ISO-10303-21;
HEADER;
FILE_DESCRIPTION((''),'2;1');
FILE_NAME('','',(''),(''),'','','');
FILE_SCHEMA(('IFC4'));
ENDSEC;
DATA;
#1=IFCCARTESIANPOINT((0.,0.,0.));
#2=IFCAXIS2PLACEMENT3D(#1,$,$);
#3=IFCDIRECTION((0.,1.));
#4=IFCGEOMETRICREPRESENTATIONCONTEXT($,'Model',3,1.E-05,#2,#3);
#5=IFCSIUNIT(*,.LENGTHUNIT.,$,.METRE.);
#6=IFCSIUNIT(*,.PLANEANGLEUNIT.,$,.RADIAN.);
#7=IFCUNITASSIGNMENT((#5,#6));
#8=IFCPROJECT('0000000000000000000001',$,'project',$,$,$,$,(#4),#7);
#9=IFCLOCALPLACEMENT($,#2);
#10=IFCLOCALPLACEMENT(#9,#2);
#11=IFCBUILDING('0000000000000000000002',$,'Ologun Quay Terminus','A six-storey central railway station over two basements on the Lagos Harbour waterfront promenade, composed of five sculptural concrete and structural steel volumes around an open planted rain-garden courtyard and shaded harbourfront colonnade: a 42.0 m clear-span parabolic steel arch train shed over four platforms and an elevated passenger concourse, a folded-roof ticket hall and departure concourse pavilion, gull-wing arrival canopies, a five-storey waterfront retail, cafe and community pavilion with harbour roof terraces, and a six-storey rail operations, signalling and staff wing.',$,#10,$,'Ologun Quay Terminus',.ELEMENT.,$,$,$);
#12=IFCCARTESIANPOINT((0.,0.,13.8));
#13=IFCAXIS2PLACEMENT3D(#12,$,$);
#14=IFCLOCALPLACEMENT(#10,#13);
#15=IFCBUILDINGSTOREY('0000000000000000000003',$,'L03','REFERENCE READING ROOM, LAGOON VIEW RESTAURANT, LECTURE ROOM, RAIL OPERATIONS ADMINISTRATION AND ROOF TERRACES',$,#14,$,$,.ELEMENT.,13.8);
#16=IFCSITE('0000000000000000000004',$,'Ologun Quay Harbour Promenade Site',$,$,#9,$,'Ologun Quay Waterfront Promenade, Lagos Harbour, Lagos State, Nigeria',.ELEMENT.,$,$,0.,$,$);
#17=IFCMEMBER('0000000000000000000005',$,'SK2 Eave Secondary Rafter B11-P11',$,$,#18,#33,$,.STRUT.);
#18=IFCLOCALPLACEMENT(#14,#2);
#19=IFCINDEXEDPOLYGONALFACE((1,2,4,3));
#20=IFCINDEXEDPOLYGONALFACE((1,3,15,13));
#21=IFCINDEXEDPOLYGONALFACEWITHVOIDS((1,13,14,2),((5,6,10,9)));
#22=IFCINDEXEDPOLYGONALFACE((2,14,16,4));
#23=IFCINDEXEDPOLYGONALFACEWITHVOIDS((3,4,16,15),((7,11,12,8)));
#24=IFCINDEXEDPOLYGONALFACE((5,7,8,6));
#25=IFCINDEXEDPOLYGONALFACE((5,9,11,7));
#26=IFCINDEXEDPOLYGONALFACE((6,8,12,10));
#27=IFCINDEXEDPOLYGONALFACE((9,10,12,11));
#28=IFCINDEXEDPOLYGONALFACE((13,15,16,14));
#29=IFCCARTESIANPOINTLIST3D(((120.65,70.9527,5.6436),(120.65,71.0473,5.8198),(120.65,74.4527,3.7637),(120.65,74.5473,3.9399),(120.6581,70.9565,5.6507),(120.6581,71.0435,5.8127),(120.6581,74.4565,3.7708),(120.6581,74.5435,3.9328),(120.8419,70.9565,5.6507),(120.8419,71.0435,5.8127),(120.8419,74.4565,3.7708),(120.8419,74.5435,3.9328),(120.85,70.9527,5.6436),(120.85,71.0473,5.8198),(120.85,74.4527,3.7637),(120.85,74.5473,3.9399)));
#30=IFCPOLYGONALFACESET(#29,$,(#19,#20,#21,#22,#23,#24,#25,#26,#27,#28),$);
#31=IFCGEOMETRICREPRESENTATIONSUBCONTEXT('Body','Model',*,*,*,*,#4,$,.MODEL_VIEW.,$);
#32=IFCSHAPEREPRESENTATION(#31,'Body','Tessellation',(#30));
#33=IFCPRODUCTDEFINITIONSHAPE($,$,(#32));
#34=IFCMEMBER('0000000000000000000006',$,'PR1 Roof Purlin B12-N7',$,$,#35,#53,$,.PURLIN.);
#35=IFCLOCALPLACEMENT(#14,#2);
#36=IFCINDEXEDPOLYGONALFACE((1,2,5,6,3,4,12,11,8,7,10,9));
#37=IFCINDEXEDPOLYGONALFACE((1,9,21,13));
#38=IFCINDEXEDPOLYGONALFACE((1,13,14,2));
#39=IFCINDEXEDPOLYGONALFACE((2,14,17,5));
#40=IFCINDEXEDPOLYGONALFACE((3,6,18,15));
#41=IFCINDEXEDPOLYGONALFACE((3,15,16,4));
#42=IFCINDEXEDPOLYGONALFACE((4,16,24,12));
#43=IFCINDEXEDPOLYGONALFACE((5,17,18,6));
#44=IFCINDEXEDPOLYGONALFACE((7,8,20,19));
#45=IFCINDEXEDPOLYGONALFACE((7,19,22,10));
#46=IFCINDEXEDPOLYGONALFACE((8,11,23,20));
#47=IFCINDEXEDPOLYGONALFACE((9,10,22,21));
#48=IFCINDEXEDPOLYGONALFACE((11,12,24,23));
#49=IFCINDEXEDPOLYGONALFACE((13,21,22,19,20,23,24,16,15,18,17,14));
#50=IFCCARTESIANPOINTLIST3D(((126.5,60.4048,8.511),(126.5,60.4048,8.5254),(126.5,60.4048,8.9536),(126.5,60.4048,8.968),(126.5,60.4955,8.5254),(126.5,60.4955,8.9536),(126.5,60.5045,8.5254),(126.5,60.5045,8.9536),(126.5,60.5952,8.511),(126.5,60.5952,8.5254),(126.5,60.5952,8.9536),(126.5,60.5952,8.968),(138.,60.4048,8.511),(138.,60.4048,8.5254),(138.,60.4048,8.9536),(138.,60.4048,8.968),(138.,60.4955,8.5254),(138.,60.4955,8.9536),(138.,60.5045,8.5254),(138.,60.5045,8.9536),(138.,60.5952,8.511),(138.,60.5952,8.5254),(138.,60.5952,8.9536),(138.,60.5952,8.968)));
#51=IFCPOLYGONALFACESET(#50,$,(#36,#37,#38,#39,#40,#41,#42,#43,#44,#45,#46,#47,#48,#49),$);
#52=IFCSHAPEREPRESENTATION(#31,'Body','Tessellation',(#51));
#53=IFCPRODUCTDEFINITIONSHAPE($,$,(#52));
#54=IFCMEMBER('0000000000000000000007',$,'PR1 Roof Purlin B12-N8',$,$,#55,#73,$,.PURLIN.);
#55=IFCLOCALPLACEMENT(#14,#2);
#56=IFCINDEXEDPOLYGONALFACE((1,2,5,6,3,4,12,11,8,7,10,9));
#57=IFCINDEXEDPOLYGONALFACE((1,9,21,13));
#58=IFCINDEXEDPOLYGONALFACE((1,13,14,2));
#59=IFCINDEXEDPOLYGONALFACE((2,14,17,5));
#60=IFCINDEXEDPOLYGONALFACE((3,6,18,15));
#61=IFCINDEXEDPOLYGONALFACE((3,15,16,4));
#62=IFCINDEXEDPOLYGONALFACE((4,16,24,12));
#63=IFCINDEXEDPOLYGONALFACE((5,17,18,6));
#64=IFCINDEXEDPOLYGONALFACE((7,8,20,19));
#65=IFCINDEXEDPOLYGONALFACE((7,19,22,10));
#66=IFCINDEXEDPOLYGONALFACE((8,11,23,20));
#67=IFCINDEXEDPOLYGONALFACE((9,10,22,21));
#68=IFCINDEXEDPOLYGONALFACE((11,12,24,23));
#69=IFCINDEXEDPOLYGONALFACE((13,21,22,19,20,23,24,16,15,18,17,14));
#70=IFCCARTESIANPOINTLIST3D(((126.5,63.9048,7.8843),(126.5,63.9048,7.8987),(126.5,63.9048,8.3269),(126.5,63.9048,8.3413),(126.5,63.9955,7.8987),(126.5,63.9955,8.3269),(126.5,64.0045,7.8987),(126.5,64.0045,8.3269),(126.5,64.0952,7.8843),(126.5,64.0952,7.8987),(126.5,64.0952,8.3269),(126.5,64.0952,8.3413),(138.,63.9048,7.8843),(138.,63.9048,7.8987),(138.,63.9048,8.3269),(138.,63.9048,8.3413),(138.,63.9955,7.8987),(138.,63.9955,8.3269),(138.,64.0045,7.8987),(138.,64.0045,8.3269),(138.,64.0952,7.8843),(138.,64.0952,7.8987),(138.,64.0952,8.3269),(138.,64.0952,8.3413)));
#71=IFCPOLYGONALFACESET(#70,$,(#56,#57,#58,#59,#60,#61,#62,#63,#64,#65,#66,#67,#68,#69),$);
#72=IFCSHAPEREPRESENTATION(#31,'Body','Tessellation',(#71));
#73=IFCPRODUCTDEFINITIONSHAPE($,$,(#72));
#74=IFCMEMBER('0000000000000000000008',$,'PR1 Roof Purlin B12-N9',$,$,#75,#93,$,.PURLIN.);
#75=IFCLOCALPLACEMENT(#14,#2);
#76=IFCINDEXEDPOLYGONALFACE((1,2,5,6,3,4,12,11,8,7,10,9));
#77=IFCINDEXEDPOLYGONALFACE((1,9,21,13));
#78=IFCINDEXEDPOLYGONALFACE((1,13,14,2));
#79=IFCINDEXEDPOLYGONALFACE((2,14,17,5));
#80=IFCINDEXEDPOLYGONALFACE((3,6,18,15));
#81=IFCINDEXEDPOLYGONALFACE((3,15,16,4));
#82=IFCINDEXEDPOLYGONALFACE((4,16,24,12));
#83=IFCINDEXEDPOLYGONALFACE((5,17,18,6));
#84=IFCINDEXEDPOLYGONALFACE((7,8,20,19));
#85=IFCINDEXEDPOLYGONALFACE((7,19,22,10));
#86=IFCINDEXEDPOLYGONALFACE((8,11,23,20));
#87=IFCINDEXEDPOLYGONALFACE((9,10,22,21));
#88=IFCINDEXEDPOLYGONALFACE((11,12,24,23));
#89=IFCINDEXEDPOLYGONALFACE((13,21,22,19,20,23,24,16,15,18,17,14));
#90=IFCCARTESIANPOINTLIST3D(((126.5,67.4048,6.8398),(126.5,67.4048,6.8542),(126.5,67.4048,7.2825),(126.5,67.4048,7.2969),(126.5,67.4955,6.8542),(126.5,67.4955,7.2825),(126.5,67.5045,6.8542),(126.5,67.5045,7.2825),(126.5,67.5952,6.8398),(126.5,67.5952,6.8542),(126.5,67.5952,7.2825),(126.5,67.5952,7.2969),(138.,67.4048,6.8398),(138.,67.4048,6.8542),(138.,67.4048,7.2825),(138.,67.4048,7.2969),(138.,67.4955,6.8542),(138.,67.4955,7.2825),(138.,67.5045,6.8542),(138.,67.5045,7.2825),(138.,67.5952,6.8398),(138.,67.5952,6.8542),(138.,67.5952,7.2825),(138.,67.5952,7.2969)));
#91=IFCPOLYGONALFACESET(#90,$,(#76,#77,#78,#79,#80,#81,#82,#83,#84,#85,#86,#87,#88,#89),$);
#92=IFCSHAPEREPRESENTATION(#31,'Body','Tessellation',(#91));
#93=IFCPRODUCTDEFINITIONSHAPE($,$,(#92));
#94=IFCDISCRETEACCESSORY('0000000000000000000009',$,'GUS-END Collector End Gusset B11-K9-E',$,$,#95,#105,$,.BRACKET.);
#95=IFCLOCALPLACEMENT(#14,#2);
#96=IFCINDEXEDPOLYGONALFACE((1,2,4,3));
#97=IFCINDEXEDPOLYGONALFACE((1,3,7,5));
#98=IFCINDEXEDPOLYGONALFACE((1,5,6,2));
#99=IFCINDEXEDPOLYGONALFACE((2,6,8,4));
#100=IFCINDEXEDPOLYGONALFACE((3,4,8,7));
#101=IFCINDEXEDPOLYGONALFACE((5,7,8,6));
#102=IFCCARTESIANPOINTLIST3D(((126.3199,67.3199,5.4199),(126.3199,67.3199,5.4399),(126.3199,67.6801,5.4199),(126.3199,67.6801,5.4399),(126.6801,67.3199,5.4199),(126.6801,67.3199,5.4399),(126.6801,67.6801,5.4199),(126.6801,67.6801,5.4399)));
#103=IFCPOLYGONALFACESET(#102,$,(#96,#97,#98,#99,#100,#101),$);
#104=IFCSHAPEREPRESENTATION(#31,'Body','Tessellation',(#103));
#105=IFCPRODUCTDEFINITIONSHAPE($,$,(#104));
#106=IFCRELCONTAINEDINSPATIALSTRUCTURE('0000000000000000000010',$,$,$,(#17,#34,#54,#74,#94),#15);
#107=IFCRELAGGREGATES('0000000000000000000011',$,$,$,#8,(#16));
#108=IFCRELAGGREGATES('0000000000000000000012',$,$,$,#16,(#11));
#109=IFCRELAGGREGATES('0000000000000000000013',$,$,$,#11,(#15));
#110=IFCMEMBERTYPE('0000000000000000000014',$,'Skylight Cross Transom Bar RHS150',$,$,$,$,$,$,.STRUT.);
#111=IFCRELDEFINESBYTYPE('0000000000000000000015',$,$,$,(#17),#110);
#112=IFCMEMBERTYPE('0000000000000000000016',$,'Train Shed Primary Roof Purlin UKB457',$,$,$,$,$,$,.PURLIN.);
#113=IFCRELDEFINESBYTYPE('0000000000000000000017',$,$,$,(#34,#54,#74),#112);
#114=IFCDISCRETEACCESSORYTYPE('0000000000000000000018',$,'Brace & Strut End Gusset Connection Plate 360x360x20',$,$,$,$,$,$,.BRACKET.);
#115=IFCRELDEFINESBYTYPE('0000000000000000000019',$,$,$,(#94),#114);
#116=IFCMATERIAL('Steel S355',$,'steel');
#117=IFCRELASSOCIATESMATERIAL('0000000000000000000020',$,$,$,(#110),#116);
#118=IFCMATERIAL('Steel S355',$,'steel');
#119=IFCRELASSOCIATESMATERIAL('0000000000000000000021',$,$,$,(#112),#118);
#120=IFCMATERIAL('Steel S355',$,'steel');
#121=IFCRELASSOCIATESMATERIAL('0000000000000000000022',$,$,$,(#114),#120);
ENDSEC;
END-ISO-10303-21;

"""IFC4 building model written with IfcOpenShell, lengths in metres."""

from ifc_helpers import new_model, si_unit, direction, frame, origin, origin_2d, place, context, subcontext, project, spatial, rectangle, hollow_rectangle, i_section, extrude, material, material_profile, profile_set, type_object, element, save


model = new_model("IFC4")

# Units and contexts
model_context = context("Model", 3, precision=1e-05, world=origin(), true_north=direction((0.0, 1.0)))
body_context = subcontext(model_context, "Body", "Model", "MODEL_VIEW")
ifc_project = project(units=[si_unit("LENGTHUNIT", "METRE"), si_unit("PLANEANGLEUNIT", "RADIAN")], contexts=[model_context])

# Site, building, storey
site_placement = place(None, origin())
site = spatial("IfcSite", under=ifc_project, at=site_placement, Name="Ologun Quay Harbour Promenade Site", LongName="Ologun Quay Waterfront Promenade, Lagos Harbour, Lagos State, Nigeria", CompositionType="ELEMENT", RefElevation=0.0)
building_placement = place(site_placement, origin())
building = spatial("IfcBuilding", under=site, at=building_placement, Name="Ologun Quay Terminus", Description="A six-storey central railway station over two basements on the Lagos Harbour waterfront promenade, composed of five sculptural concrete and structural steel volumes around an open planted rain-garden courtyard and shaded harbourfront colonnade: a 42.0 m clear-span parabolic steel arch train shed over four platforms and an elevated passenger concourse, a folded-roof ticket hall and departure concourse pavilion, gull-wing arrival canopies, a five-storey waterfront retail, cafe and community pavilion with harbour roof terraces, and a six-storey rail operations, signalling and staff wing.", LongName="Ologun Quay Terminus", CompositionType="ELEMENT")
storey_placement = place(building_placement, frame((0.0, 0.0, 13.8)))
storey = spatial("IfcBuildingStorey", under=building, at=storey_placement, Name="L03", Description="REFERENCE READING ROOM, LAGOON VIEW RESTAURANT, LECTURE ROOM, RAIL OPERATIONS ADMINISTRATION AND ROOF TERRACES", CompositionType="ELEMENT", Elevation=13.8)

# Members
ifc_material_1 = material(Name="Steel S355", Category="steel")
ifc_material_profile_1 = material_profile(ifc_material_1, hollow_rectangle(XDim=0.2, YDim=0.2, WallThickness=0.0081, at=origin_2d()), Name="SHS 200x200x8")
ifc_profile_set_1 = profile_set([ifc_material_profile_1], Name="Steel S355")
member_type_1 = type_object("IfcMemberType", Name="Skylight Cross Transom Bar RHS150", PredefinedType="STRUT", material=ifc_profile_set_1)
member_1_placement = place(storey_placement, frame((120.75, 71.0, 5.7317), z_axis=(0.0, 0.880968, -0.473176), x_axis=(-1.0, 0.0, 0.0)))
element("IfcMember", 1, at=member_1_placement, inside=storey, type_object=member_type_1, Name="SK2 Eave Secondary Rafter B11-P11", PredefinedType="STRUT", context=body_context, shape_type="SweptSolid", body=[
    extrude(hollow_rectangle(XDim=0.2, YDim=0.2, WallThickness=0.0081, at=origin_2d()), origin(), (0.0, 0.0, 1.0), 3.9729),
])
ifc_material_2 = material(Name="Steel S355", Category="steel")
ifc_material_profile_2 = material_profile(ifc_material_2, i_section(OverallWidth=0.1904, OverallDepth=0.457, WebThickness=0.009, FlangeThickness=0.0144, at=origin_2d()), Name="UKB 457x191x74")
ifc_profile_set_2 = profile_set([ifc_material_profile_2], Name="Steel S355")
member_type_2 = type_object("IfcMemberType", Name="Train Shed Primary Roof Purlin UKB457", PredefinedType="PURLIN", material=ifc_profile_set_2)
for number, where, z_axis, x_axis, name in (
    (2, (126.5, 60.5, 8.7395), (1.0, 0.0, 0.0), (0.0, 1.0, 0.0), "PR1 Roof Purlin B12-N7"),
    (3, (126.5, 64.0, 8.1128), (1.0, 0.0, 0.0), (0.0, 1.0, 0.0), "PR1 Roof Purlin B12-N8"),
    (4, (126.5, 67.5, 7.0684), (1.0, 0.0, 0.0), (0.0, 1.0, 0.0), "PR1 Roof Purlin B12-N9"),
):
    element("IfcMember", number, at=place(storey_placement, frame(where, z_axis=z_axis, x_axis=x_axis)), inside=storey, type_object=member_type_2, Name=name, PredefinedType="PURLIN", context=body_context, shape_type="SweptSolid", body=[
        extrude(i_section(OverallWidth=0.1904, OverallDepth=0.457, WebThickness=0.009, FlangeThickness=0.0144, at=origin_2d()), origin(), (0.0, 0.0, 1.0), 11.5),
    ])

# Discrete accessory
ifc_material_3 = material(Name="Steel S355", Category="steel")
discrete_accessory_type = type_object("IfcDiscreteAccessoryType", Name="Brace & Strut End Gusset Connection Plate 360x360x20", PredefinedType="BRACKET", material=ifc_material_3)
discrete_accessory_placement = place(storey_placement, frame((126.5, 67.5, 5.4199), z_axis=(0.0, 0.0, 1.0), x_axis=(1.0, 0.0, 0.0)))
element("IfcDiscreteAccessory", 5, at=discrete_accessory_placement, inside=storey, type_object=discrete_accessory_type, Name="GUS-END Collector End Gusset B11-K9-E", PredefinedType="BRACKET", context=body_context, shape_type="SweptSolid", body=[
    extrude(rectangle(XDim=0.3601, YDim=0.3601, at=origin_2d()), origin(), (0.0, 0.0, 1.0), 0.02),
])

save(model, "model.ifc")
